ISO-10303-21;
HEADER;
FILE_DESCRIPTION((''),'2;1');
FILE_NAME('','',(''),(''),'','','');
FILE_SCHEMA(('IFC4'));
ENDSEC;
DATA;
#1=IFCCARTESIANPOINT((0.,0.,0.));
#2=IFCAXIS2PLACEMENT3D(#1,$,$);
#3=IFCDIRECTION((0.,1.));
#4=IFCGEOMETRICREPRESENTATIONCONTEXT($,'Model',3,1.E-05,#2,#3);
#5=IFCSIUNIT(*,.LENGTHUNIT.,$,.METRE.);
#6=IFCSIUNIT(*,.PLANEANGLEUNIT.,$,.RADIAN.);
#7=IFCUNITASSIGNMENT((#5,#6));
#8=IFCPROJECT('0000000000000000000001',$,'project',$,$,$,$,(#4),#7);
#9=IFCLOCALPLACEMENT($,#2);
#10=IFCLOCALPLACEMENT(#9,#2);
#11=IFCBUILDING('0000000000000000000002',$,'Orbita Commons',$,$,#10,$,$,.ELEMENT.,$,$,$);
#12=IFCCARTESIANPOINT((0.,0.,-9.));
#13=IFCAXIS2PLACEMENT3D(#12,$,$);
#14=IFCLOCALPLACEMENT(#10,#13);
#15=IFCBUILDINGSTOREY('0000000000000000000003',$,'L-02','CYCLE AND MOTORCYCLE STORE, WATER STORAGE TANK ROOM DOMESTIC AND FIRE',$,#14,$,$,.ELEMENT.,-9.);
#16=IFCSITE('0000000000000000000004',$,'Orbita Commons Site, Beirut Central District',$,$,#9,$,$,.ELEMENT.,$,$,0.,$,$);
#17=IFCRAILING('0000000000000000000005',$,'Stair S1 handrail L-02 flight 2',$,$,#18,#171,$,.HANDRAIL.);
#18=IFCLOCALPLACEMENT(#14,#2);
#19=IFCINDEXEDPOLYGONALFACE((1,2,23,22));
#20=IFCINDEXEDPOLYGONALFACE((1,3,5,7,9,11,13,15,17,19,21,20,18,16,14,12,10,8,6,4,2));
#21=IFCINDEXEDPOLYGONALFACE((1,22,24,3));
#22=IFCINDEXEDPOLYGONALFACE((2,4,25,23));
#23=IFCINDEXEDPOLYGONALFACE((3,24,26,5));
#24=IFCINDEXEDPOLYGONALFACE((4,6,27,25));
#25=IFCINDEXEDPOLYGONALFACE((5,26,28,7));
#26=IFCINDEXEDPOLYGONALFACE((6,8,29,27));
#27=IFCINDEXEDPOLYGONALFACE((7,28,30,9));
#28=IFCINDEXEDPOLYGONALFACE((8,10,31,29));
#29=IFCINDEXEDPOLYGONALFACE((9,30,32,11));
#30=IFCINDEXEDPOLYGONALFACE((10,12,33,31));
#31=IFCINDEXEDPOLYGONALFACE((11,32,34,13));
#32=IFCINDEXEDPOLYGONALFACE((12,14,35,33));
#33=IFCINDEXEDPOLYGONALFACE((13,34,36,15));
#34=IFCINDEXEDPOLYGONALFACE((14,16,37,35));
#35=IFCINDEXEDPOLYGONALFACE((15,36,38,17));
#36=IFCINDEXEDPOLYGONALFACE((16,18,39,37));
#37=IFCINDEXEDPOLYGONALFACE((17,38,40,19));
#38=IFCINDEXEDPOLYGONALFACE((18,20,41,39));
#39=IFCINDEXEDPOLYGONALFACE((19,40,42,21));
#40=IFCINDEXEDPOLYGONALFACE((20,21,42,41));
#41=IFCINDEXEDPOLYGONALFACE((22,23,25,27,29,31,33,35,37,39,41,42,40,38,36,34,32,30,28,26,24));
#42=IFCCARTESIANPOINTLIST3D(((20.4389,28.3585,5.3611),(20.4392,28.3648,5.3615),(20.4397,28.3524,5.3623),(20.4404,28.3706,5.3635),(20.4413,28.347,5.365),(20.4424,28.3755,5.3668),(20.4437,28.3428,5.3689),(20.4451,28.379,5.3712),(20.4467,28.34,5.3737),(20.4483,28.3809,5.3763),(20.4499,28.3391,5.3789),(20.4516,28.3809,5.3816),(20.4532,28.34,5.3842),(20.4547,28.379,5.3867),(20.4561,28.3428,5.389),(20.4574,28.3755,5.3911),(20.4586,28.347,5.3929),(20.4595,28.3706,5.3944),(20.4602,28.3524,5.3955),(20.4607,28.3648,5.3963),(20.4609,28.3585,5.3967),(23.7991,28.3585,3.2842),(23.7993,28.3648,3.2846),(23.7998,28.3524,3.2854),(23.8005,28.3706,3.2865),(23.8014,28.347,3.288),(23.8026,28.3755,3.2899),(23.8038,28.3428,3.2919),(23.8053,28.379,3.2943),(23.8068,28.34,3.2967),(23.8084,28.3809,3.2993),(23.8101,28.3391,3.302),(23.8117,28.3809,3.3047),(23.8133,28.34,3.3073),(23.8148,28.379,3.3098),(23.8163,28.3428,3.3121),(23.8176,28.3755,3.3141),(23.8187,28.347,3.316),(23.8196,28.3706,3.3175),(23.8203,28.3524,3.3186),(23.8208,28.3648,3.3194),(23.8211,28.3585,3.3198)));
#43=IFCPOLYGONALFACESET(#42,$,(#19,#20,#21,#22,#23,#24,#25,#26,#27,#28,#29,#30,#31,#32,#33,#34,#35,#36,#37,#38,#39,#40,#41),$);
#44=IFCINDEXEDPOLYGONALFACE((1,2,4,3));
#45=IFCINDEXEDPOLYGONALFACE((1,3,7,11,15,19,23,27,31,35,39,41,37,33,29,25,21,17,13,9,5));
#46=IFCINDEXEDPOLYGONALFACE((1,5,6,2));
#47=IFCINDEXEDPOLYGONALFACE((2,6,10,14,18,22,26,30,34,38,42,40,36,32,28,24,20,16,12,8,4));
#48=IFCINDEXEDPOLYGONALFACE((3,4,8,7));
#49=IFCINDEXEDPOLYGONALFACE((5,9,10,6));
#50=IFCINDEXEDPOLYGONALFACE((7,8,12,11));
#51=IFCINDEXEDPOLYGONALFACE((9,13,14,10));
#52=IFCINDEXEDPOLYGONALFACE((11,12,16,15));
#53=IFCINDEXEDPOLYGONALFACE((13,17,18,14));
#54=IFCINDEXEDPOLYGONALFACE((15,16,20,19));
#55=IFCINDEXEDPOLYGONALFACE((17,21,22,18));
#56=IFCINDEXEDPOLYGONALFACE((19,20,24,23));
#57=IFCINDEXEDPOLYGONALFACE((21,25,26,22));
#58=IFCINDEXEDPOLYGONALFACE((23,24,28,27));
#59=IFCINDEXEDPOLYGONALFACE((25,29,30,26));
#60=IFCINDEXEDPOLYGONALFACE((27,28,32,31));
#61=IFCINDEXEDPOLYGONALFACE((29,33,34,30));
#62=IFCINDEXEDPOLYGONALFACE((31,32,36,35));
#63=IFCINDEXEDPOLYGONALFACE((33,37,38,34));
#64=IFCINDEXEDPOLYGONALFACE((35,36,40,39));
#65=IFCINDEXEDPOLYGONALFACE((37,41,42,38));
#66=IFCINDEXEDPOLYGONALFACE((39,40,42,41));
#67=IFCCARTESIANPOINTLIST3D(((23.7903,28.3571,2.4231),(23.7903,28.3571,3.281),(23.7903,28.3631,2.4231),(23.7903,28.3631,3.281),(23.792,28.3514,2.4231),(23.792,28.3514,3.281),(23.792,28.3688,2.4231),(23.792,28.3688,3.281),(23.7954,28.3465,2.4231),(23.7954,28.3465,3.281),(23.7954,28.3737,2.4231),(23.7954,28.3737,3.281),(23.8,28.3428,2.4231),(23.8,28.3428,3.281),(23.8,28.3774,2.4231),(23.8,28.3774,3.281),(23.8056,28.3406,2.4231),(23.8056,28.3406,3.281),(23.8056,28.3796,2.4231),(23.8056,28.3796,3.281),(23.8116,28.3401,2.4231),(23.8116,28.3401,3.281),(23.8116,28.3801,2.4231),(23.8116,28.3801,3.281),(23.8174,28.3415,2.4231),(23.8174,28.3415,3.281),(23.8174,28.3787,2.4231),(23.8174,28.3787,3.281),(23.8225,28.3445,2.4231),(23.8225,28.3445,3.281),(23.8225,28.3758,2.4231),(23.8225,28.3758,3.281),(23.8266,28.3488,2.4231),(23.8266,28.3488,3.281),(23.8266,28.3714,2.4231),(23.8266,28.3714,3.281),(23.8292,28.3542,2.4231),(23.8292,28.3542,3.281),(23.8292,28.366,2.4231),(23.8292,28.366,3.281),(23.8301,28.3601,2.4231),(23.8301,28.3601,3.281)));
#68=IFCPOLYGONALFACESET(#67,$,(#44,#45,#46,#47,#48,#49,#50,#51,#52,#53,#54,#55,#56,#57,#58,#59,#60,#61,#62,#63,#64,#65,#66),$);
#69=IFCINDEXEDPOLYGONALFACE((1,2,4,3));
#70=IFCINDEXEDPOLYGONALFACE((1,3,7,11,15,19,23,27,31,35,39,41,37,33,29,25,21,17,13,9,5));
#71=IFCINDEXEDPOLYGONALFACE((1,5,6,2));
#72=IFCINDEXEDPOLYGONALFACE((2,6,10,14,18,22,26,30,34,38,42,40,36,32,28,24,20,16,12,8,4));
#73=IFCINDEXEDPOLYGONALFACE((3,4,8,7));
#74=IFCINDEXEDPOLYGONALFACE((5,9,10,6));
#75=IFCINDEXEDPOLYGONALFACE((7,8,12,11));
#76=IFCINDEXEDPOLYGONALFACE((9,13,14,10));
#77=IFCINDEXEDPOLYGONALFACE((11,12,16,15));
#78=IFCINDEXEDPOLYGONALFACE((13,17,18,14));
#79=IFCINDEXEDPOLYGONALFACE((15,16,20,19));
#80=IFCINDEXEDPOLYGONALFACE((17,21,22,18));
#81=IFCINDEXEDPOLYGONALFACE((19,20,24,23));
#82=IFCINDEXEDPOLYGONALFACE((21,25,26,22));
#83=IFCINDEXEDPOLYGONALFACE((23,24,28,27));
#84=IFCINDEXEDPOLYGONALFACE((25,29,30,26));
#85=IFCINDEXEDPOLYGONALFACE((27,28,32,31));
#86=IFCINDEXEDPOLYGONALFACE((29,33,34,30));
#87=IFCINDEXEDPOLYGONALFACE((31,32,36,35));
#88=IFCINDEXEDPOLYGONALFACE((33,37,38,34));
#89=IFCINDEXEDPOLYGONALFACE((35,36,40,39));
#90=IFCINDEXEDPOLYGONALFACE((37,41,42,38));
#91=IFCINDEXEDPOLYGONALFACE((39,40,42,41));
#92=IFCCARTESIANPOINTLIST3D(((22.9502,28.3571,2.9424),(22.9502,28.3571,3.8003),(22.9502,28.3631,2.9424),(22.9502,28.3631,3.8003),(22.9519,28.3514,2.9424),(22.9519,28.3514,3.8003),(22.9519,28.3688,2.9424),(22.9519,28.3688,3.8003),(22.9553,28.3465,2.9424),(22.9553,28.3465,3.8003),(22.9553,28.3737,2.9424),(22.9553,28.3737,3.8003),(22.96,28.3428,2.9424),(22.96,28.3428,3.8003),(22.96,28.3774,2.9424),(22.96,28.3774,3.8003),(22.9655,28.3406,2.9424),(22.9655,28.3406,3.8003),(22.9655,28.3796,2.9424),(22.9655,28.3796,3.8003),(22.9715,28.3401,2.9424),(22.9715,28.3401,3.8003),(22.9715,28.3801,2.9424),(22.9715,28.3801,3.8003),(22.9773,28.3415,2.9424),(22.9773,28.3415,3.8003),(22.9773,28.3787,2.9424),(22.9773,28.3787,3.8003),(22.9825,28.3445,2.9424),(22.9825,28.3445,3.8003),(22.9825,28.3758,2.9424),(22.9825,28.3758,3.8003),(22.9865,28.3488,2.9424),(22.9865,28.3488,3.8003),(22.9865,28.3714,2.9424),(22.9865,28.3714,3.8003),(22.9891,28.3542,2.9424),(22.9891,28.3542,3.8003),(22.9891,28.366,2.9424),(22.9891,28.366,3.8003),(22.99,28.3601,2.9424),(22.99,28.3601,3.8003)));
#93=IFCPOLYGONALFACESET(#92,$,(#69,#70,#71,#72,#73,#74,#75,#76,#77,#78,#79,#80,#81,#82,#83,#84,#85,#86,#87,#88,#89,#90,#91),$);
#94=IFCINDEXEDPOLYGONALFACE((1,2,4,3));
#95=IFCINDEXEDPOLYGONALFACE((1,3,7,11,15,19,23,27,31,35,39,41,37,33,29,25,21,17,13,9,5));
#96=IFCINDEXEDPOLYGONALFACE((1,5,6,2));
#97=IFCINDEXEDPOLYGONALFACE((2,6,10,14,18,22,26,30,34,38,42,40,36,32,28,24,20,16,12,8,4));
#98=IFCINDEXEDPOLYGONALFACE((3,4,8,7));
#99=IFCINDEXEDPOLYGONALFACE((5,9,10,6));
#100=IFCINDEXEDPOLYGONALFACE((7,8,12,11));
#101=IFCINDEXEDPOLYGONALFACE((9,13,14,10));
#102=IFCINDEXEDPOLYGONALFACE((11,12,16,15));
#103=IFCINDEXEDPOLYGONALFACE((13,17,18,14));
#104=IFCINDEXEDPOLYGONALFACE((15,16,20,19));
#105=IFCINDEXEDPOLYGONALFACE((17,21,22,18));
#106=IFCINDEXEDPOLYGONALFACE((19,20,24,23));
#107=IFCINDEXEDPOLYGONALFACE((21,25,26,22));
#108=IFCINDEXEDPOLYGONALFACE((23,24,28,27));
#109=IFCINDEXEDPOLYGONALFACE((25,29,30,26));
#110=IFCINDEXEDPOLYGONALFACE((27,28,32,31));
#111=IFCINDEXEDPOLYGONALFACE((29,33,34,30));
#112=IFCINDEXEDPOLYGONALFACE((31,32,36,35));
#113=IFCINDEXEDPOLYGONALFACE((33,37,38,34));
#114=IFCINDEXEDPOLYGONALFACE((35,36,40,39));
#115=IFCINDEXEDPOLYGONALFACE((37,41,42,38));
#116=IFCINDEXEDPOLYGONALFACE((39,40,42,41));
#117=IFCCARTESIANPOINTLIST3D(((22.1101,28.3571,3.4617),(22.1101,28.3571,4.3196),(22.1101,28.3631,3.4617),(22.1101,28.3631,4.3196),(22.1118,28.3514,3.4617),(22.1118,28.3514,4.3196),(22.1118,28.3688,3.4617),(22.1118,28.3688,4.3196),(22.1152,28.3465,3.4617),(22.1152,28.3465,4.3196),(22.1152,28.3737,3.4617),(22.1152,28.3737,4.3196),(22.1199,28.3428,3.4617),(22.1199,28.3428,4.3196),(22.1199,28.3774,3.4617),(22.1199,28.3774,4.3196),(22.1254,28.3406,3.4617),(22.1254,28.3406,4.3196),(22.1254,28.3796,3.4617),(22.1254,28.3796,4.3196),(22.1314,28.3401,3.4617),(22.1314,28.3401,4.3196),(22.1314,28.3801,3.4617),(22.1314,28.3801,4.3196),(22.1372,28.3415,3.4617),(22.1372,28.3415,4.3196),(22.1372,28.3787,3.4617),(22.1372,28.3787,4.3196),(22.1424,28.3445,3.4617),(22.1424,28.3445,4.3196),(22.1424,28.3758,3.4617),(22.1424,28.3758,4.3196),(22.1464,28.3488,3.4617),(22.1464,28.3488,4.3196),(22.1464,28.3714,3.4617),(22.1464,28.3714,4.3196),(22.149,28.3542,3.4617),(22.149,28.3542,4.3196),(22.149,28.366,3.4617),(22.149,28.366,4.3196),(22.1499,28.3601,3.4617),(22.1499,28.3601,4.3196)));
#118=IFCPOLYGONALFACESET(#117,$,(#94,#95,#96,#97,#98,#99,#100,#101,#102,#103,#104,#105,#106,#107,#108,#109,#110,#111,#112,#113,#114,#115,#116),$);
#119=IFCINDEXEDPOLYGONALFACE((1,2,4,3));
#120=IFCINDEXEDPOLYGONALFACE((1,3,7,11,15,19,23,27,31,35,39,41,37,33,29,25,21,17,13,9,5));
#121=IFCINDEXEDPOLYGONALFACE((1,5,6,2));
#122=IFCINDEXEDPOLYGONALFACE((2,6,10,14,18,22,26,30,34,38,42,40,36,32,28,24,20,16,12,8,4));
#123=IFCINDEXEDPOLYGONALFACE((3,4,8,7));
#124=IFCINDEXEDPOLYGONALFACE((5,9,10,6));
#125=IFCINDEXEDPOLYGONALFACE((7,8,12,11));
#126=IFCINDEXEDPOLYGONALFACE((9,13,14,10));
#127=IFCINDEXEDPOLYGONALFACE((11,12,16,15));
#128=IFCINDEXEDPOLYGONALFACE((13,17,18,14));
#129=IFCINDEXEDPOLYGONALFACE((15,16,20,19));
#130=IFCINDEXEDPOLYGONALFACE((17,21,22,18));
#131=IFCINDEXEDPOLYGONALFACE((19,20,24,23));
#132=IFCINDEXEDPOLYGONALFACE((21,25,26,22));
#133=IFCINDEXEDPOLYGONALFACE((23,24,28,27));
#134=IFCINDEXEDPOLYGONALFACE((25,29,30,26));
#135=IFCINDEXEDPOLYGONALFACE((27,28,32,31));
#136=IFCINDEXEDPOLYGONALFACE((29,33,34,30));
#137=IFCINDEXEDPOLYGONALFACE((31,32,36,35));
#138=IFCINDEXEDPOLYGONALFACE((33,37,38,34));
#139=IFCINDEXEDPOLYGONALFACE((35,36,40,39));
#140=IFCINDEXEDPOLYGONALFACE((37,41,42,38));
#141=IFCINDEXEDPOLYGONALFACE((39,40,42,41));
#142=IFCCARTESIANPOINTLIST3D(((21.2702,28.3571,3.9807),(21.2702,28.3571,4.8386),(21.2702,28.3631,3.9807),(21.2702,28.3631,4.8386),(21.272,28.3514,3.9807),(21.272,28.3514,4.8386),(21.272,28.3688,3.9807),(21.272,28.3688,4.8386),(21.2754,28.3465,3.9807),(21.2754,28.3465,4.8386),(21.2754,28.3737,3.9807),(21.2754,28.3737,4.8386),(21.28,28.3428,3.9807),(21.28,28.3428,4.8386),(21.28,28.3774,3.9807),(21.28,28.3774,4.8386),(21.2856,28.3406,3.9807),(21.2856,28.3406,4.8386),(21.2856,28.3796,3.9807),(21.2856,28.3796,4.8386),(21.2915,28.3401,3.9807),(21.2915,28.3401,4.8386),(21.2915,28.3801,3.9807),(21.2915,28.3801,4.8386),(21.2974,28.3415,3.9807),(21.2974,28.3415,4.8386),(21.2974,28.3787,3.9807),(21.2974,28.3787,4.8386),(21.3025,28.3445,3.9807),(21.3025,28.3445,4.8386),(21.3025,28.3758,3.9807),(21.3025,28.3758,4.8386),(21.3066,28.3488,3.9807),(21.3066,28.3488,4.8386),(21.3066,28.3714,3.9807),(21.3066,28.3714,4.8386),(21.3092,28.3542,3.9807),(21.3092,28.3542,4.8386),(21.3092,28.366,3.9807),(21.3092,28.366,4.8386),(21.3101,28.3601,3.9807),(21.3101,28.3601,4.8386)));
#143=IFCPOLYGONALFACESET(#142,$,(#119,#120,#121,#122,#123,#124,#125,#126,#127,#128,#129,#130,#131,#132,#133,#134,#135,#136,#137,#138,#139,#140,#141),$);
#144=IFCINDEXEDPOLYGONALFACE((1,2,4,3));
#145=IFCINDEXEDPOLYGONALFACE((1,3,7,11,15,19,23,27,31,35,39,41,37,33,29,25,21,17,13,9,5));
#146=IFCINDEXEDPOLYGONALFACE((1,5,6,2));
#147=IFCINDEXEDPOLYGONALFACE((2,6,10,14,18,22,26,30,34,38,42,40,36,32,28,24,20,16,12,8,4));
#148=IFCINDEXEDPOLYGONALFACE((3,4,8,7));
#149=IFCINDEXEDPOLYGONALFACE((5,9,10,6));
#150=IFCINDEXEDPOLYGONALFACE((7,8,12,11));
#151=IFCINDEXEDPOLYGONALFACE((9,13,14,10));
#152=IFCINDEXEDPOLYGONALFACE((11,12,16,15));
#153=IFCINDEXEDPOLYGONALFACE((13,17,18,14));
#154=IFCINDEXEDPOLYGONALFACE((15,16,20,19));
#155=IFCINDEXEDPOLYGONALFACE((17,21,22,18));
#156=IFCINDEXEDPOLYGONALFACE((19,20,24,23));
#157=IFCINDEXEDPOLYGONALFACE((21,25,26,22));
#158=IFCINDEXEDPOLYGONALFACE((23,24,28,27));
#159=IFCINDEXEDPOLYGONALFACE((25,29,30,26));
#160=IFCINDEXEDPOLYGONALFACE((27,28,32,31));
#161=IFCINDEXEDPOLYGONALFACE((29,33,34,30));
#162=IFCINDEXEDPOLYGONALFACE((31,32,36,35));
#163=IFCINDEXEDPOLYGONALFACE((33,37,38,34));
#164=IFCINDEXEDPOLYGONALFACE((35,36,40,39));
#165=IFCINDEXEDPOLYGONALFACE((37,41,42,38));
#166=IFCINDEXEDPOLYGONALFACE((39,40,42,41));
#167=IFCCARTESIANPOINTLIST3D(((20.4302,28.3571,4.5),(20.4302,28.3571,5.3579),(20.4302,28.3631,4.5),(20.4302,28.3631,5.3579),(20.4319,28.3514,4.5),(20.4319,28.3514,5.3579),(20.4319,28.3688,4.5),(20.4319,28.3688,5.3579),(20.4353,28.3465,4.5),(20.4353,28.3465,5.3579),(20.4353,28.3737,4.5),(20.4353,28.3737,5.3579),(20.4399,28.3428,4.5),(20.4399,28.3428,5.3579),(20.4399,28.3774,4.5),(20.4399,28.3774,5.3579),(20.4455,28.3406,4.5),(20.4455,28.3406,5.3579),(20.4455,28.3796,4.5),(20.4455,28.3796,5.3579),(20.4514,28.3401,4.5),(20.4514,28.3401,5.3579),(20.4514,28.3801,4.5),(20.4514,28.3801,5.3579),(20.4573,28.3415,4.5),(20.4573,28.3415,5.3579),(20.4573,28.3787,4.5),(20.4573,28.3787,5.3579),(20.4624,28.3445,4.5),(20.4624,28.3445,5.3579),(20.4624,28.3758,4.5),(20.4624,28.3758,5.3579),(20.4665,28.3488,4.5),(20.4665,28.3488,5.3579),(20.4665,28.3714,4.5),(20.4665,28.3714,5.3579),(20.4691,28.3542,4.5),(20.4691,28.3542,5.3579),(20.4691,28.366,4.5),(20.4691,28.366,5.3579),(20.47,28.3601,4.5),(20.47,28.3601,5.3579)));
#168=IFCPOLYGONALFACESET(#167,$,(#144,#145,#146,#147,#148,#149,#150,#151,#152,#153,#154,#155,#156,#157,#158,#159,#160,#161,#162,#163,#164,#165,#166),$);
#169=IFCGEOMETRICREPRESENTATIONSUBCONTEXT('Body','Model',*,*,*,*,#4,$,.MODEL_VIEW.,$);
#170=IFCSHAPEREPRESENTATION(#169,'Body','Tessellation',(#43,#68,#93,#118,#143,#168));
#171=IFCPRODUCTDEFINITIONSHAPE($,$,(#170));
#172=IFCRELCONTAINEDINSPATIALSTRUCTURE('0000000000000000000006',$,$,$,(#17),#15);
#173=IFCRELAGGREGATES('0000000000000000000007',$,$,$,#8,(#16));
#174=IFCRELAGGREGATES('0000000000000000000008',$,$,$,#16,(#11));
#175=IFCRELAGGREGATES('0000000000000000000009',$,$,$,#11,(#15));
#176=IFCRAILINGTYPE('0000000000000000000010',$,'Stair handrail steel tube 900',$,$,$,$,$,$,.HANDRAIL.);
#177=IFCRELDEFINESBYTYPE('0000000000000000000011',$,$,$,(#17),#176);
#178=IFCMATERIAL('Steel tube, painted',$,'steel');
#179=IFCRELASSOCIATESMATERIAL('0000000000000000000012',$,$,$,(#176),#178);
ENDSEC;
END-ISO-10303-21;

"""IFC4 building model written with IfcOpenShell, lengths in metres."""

from ifc_helpers import new_model, si_unit, direction, frame, origin, origin_2d, place, context, subcontext, project, spatial, circle, extrude, material, type_object, element, save


model = new_model("IFC4")

# Units and contexts
model_context = context("Model", 3, precision=1e-05, world=origin(), true_north=direction((0.0, 1.0)))
body_context = subcontext(model_context, "Body", "Model", "MODEL_VIEW")
ifc_project = project(units=[si_unit("LENGTHUNIT", "METRE"), si_unit("PLANEANGLEUNIT", "RADIAN")], contexts=[model_context])

# Site, building, storey
site_placement = place(None, origin())
site = spatial("IfcSite", under=ifc_project, at=site_placement, Name="Orbita Commons Site, Beirut Central District", CompositionType="ELEMENT", RefElevation=0.0)
building_placement = place(site_placement, origin())
building = spatial("IfcBuilding", under=site, at=building_placement, Name="Orbita Commons", CompositionType="ELEMENT")
storey_placement = place(building_placement, frame((0.0, 0.0, -9.0)))
storey = spatial("IfcBuildingStorey", under=building, at=storey_placement, Name="L-02", Description="CYCLE AND MOTORCYCLE STORE, WATER STORAGE TANK ROOM DOMESTIC AND FIRE", CompositionType="ELEMENT", Elevation=-9.0)

# Railing
ifc_material_1 = material(Name="Steel tube, painted", Category="steel")
railing_type = type_object("IfcRailingType", Name="Stair handrail steel tube 900", PredefinedType="HANDRAIL", material=ifc_material_1)
for number, where, name in (
    (1, (23.8101, 28.3601, 2.4231), "Stair S1 handrail L-02 flight 2"),
):
    element("IfcRailing", number, at=place(storey_placement, frame(where)), inside=storey, type_object=railing_type, Name=name, PredefinedType="HANDRAIL", context=body_context, shape_type="SweptSolid", body=[
        extrude(circle(Radius=0.021, at=origin_2d()), frame((0.0, 0.0, 0.8789), z_axis=(-0.850623, 0.0, 0.525776), x_axis=(0.0, -1.0, 0.0)), (0.0, 0.0, 1.0), 3.9502),
        extrude(circle(Radius=0.02, at=origin_2d()), origin(), (0.0, 0.0, 1.0), 0.8579),
        extrude(circle(Radius=0.02, at=origin_2d()), frame((-0.8401, 0.0, 0.5193)), (0.0, 0.0, 1.0), 0.8579),
        extrude(circle(Radius=0.02, at=origin_2d()), frame((-1.6802, 0.0, 1.0386)), (0.0, 0.0, 1.0), 0.8579),
        extrude(circle(Radius=0.02, at=origin_2d()), frame((-2.52, 0.0, 1.5576)), (0.0, 0.0, 1.0), 0.8579),
        extrude(circle(Radius=0.02, at=origin_2d()), frame((-3.3601, 0.0, 2.0769)), (0.0, 0.0, 1.0), 0.8579),
    ])

save(model, "model.ifc")
